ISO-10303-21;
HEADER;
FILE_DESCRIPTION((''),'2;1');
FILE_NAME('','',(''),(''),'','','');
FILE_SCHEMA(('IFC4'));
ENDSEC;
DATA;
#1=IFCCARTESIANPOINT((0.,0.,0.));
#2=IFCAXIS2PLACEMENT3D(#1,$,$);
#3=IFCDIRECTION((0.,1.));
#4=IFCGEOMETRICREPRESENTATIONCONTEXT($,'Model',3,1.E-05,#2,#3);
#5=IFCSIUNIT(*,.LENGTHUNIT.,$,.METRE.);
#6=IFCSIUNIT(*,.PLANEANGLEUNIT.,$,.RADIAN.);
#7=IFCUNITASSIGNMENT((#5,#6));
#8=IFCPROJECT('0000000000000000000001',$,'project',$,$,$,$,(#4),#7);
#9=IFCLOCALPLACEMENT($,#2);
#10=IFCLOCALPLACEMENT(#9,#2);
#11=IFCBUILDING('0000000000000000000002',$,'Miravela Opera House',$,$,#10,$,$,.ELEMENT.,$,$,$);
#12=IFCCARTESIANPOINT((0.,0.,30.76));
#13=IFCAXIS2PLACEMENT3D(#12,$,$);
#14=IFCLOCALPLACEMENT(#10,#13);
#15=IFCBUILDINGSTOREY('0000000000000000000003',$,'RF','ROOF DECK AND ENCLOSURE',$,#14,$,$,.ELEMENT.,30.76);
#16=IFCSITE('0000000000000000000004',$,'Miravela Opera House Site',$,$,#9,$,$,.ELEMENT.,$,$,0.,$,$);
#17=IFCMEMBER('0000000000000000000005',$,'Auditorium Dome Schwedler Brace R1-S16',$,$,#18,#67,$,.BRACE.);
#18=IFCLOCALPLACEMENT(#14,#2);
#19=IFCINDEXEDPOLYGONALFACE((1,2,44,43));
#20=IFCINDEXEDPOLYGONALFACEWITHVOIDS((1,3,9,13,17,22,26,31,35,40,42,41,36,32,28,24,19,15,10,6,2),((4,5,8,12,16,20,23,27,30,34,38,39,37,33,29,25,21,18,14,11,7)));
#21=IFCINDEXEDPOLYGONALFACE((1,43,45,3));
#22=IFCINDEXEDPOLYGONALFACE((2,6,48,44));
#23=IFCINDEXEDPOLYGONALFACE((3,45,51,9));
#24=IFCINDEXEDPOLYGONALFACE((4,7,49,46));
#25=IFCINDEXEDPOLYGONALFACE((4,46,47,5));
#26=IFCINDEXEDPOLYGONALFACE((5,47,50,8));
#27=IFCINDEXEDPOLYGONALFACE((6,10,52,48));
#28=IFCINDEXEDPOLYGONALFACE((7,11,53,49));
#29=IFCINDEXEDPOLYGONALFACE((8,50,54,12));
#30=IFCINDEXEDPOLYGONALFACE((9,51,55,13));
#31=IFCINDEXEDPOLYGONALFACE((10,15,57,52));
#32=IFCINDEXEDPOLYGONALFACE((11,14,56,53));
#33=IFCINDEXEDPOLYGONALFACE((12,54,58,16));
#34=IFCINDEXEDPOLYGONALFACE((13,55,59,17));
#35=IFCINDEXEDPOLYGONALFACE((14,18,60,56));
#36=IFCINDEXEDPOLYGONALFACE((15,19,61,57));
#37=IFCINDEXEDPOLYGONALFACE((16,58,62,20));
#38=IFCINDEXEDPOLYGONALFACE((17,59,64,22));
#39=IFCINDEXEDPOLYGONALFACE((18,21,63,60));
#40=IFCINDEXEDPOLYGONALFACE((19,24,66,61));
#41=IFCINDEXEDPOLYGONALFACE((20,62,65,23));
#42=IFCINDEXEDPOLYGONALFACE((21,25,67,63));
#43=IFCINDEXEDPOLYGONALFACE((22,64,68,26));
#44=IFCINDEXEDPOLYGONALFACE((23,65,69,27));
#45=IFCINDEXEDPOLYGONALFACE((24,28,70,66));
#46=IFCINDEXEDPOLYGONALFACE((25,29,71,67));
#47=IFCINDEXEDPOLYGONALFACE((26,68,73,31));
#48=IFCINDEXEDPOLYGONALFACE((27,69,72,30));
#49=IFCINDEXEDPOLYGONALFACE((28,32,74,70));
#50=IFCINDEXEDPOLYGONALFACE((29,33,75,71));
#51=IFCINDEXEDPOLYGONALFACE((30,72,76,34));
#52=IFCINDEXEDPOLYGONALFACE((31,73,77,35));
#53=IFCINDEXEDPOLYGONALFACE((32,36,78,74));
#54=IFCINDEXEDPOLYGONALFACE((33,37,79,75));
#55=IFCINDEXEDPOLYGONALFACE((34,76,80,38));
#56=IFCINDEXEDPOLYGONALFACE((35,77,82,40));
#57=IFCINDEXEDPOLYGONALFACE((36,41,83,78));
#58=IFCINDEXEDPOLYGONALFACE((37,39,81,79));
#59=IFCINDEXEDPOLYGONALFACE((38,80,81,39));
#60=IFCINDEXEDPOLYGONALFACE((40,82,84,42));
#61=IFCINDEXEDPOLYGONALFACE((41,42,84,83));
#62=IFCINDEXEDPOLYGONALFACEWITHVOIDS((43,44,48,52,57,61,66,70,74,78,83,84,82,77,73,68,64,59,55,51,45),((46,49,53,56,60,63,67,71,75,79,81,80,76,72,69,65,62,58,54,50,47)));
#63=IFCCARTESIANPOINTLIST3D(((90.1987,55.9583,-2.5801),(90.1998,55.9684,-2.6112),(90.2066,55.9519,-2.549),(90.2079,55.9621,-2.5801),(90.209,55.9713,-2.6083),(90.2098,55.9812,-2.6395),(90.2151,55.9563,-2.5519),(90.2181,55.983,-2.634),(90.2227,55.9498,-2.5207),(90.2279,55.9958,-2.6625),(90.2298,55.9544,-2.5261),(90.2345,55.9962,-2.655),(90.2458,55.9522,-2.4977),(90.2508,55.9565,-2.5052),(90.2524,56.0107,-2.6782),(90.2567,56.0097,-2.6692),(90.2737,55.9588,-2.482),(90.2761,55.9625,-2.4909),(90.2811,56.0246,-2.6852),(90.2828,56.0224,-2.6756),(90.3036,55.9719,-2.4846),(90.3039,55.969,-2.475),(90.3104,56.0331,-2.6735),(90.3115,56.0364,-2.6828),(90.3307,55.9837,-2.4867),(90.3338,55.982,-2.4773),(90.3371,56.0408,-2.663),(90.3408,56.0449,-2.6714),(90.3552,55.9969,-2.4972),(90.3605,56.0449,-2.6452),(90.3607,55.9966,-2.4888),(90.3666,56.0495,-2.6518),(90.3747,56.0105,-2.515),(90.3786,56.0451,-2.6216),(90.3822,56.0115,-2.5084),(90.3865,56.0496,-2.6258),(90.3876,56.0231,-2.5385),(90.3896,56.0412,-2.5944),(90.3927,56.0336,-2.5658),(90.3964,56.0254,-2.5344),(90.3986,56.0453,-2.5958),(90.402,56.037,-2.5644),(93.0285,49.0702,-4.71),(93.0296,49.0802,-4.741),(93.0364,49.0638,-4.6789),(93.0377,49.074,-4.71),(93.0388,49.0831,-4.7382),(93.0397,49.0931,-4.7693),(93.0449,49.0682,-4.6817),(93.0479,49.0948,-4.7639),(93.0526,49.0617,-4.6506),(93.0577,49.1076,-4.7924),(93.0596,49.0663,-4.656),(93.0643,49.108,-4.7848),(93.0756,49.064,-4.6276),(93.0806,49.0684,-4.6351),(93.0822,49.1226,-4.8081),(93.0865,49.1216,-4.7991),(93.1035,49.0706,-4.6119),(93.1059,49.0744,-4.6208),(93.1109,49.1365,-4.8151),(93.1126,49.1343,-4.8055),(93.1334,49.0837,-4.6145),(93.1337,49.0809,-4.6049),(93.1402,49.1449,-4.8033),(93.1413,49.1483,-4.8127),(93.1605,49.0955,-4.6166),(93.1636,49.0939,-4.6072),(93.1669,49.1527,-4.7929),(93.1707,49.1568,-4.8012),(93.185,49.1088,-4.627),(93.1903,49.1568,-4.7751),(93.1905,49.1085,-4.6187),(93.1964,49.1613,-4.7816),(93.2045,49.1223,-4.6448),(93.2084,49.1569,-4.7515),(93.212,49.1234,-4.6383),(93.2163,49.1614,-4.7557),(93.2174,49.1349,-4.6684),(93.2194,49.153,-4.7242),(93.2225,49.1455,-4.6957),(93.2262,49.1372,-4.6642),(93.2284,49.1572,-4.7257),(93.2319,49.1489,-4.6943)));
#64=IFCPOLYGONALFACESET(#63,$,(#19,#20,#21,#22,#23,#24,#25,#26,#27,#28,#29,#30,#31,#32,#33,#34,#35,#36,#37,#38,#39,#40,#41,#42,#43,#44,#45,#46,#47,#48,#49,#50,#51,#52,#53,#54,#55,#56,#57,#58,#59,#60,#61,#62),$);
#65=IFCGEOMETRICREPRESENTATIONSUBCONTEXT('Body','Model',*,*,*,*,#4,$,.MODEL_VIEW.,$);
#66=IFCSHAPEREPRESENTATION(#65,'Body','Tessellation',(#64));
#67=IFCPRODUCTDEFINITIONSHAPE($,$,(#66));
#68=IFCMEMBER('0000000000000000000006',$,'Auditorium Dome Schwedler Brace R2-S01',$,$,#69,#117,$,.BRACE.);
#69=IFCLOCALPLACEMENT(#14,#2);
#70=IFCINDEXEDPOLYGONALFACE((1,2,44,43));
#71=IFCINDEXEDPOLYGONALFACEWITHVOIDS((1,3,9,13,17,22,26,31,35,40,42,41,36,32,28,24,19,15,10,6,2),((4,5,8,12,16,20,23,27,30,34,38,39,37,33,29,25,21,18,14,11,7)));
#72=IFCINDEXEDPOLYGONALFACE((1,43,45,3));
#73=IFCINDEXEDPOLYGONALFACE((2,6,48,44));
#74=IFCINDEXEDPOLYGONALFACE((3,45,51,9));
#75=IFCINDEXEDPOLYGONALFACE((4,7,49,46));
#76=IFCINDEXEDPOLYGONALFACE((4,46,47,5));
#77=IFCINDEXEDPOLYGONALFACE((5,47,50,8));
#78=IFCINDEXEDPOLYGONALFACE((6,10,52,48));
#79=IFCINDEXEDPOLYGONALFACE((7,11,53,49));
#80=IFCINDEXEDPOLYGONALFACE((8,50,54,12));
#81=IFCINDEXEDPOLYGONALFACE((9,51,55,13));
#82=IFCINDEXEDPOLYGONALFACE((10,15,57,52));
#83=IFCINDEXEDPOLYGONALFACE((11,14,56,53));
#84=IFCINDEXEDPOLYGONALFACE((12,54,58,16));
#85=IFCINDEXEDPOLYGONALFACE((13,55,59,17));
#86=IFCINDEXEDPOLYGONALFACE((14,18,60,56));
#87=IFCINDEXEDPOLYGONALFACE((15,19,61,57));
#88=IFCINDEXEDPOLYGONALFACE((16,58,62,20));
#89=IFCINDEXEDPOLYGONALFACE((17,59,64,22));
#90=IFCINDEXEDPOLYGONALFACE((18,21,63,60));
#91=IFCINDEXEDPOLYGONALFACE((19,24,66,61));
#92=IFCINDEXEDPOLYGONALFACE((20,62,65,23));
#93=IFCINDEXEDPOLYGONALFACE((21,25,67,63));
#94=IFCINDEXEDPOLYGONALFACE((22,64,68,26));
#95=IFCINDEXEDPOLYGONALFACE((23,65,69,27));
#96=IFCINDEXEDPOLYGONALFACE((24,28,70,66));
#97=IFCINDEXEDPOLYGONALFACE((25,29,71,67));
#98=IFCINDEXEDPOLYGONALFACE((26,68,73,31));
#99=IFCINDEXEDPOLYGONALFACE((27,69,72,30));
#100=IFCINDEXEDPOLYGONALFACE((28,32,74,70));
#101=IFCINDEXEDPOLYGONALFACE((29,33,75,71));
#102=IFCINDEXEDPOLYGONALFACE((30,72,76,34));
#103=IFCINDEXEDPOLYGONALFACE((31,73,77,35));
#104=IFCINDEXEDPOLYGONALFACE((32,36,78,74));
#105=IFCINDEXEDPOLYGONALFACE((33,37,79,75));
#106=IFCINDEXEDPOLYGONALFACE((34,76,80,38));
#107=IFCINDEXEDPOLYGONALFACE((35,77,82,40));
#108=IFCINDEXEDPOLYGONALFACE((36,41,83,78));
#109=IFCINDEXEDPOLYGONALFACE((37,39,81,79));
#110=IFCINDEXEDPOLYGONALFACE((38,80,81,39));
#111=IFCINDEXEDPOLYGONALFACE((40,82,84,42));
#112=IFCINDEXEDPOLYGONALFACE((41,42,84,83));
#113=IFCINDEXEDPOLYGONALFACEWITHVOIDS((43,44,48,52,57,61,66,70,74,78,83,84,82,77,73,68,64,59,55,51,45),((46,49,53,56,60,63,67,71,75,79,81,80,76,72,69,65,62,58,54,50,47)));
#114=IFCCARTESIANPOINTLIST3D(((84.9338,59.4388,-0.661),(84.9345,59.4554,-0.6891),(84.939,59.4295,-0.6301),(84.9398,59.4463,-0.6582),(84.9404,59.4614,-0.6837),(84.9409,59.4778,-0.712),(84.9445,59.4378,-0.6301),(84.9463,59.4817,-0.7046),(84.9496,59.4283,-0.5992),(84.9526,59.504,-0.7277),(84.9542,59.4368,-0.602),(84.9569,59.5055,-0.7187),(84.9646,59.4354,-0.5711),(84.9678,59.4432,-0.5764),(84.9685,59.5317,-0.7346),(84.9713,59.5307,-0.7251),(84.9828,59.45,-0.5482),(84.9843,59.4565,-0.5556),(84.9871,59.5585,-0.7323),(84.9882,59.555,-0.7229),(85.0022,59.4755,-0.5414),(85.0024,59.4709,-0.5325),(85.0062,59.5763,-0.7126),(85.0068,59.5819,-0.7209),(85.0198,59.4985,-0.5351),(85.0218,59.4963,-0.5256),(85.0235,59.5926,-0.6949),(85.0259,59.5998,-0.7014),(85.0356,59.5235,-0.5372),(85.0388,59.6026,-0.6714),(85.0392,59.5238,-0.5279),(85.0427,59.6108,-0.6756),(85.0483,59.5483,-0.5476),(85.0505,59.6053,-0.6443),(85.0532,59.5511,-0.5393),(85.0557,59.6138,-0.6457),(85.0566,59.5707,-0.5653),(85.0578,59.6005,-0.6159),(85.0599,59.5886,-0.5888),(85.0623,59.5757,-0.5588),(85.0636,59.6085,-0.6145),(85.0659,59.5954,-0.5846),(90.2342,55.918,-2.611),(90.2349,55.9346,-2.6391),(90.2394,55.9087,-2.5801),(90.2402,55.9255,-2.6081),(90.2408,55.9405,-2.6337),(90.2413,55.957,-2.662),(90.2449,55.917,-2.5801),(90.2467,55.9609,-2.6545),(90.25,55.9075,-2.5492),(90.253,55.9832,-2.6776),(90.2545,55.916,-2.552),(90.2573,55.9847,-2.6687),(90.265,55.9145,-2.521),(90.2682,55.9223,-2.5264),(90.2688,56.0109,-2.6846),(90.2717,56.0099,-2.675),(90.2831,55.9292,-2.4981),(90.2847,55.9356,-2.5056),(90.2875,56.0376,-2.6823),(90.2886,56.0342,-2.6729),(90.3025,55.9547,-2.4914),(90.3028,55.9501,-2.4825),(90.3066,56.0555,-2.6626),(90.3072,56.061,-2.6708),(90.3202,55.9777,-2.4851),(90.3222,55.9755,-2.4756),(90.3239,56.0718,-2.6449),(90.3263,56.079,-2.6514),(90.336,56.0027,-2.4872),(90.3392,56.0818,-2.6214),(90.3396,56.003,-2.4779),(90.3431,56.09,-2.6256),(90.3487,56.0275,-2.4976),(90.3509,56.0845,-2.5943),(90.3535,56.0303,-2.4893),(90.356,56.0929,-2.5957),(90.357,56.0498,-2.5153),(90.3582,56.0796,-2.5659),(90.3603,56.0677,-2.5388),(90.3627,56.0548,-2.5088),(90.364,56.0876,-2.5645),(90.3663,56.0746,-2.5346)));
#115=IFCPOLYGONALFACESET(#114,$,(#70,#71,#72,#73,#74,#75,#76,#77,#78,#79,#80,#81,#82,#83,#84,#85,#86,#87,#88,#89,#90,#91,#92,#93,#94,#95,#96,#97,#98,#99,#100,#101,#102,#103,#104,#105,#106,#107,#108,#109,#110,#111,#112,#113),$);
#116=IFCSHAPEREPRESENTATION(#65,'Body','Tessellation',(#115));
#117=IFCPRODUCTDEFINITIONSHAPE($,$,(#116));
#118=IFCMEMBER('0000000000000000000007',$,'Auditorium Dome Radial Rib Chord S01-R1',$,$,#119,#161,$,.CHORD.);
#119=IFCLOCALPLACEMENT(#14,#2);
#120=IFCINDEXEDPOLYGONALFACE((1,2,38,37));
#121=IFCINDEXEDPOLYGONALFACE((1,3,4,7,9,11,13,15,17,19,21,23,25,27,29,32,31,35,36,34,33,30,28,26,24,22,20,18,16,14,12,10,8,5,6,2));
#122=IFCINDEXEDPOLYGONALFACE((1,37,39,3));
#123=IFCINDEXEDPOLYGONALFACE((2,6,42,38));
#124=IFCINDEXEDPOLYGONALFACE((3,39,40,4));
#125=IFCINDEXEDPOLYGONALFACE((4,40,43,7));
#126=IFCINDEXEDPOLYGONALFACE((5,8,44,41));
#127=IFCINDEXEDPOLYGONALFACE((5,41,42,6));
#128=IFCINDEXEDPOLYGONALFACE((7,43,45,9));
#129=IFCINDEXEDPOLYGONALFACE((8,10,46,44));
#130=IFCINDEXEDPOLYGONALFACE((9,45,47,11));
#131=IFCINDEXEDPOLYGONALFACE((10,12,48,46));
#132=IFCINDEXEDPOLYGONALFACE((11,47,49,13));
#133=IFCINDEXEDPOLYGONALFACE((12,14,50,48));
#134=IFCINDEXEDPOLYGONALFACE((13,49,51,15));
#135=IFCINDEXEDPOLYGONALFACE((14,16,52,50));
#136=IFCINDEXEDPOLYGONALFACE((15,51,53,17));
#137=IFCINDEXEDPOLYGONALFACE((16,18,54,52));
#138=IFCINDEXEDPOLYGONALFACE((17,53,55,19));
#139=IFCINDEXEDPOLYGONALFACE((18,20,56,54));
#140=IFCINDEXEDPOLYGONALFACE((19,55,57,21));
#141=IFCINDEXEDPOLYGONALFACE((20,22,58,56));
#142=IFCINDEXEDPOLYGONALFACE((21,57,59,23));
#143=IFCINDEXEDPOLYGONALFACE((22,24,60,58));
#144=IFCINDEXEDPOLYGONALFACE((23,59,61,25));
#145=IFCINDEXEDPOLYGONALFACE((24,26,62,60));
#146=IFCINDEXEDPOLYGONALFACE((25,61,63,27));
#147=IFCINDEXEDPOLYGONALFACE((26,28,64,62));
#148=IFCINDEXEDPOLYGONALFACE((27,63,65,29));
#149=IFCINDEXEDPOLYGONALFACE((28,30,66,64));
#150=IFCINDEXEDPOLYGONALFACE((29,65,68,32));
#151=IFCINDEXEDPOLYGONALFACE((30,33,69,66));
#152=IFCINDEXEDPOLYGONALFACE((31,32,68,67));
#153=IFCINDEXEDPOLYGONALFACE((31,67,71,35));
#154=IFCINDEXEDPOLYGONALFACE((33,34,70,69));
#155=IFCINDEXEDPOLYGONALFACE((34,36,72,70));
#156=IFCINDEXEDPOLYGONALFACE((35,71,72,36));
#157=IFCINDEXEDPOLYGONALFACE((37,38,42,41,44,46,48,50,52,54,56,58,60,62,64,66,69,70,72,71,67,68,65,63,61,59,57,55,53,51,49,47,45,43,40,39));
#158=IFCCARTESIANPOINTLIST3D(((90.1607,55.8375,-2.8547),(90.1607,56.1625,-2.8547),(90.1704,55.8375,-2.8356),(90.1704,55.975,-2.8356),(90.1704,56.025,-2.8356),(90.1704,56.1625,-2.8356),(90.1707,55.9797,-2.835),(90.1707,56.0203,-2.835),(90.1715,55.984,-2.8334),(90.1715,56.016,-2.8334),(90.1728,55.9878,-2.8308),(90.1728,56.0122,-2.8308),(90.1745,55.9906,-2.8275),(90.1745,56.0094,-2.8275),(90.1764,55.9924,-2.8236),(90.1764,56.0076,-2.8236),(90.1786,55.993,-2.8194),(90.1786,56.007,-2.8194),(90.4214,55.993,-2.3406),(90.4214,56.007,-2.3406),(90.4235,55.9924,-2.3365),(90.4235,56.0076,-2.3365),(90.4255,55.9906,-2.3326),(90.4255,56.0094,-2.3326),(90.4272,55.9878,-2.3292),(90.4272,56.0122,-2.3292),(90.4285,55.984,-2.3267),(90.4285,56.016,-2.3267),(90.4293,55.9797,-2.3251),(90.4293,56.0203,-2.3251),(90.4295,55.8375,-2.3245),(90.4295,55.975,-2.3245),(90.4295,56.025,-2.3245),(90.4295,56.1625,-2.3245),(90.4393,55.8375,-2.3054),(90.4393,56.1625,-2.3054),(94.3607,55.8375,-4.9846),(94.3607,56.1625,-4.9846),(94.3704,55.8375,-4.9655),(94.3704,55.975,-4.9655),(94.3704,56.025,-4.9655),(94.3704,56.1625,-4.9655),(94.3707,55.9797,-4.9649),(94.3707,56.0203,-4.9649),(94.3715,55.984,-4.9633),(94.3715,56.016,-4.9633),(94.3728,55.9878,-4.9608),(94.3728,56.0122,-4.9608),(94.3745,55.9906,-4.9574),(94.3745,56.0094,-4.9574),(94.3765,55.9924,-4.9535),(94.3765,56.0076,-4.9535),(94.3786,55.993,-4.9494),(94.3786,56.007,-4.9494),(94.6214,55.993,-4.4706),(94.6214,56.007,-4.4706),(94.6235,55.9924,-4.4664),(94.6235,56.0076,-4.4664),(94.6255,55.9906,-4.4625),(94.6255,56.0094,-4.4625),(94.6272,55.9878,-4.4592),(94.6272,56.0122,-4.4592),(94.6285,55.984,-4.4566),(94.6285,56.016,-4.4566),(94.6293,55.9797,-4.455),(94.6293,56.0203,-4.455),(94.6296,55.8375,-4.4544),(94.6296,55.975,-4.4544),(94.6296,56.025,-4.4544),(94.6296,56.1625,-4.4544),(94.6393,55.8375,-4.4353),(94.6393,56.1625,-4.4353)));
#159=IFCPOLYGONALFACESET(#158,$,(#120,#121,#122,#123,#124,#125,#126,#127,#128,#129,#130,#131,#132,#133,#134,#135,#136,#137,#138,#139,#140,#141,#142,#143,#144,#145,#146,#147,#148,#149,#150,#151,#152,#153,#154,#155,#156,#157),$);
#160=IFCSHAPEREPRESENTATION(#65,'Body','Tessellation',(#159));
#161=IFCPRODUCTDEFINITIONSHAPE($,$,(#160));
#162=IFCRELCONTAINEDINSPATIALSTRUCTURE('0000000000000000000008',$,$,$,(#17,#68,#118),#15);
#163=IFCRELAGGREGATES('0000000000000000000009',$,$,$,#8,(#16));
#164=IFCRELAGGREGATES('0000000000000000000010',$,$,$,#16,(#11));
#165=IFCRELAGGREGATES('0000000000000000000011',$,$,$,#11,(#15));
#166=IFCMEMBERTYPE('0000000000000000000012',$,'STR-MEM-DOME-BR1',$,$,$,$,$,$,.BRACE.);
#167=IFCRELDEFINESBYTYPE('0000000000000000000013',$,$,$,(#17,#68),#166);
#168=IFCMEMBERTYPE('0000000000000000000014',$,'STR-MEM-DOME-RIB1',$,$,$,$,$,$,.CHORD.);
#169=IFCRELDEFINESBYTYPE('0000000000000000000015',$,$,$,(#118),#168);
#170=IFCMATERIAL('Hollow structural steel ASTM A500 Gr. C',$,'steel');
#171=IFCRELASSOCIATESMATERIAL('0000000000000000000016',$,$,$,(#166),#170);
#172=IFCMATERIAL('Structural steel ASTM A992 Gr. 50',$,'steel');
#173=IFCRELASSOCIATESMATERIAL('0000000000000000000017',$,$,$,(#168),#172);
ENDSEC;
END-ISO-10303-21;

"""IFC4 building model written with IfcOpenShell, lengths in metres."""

from ifc_helpers import new_model, si_unit, direction, frame, origin, origin_2d, place, context, subcontext, project, spatial, hollow_circle, i_section, extrude, material, material_profile, profile_set, type_object, element, save


model = new_model("IFC4")

# Units and contexts
model_context = context("Model", 3, precision=1e-05, world=origin(), true_north=direction((0.0, 1.0)))
body_context = subcontext(model_context, "Body", "Model", "MODEL_VIEW")
ifc_project = project(units=[si_unit("LENGTHUNIT", "METRE"), si_unit("PLANEANGLEUNIT", "RADIAN")], contexts=[model_context])

# Site, building, storey
site_placement = place(None, origin())
site = spatial("IfcSite", under=ifc_project, at=site_placement, Name="Miravela Opera House Site", CompositionType="ELEMENT", RefElevation=0.0)
building_placement = place(site_placement, origin())
building = spatial("IfcBuilding", under=site, at=building_placement, Name="Miravela Opera House", CompositionType="ELEMENT")
storey_placement = place(building_placement, frame((0.0, 0.0, 30.76)))
storey = spatial("IfcBuildingStorey", under=building, at=storey_placement, Name="RF", Description="ROOF DECK AND ENCLOSURE", CompositionType="ELEMENT", Elevation=30.76)

# Shared definitions
ifc_material_1 = material(Name="Structural steel ASTM A992 Gr. 50", Category="steel")

# Members
ifc_material_2 = material(Name="Hollow structural steel ASTM A500 Gr. C", Category="steel")
ifc_material_profile_1 = material_profile(ifc_material_2, hollow_circle(Radius=0.1096, WallThickness=0.01, at=origin_2d()), Name="CHS219X10")
ifc_profile_set_1 = profile_set([ifc_material_profile_1])
member_type_1 = type_object("IfcMemberType", Name="STR-MEM-DOME-BR1", PredefinedType="BRACE", material=ifc_profile_set_1)
member_1_placement = place(storey_placement, frame((93.1299, 49.1118, -4.71), z_axis=(-0.365356, 0.889324, 0.274986), x_axis=(-0.924984, -0.380006, 0.0)))
element("IfcMember", 1, at=member_1_placement, inside=storey, type_object=member_type_1, Name="Auditorium Dome Schwedler Brace R1-S16", PredefinedType="BRACE", context=body_context, shape_type="SweptSolid", body=[
    extrude(hollow_circle(Radius=0.1096, WallThickness=0.01, at=origin_2d()), origin(), (0.0, 0.0, 1.0), 7.7454),
])
member_2_placement = place(storey_placement, frame((90.3, 56.0, -2.5801), z_axis=(-0.796419, 0.529026, 0.292999), x_axis=(-0.553309, -0.832976, 0.0)))
element("IfcMember", 2, at=member_2_placement, inside=storey, type_object=member_type_1, Name="Auditorium Dome Schwedler Brace R2-S01", PredefinedType="BRACE", context=body_context, shape_type="SweptSolid", body=[
    extrude(hollow_circle(Radius=0.1096, WallThickness=0.01, at=origin_2d()), origin(), (0.0, 0.0, 1.0), 6.6553),
])
ifc_material_profile_2 = material_profile(ifc_material_1, i_section(OverallWidth=0.325, OverallDepth=0.616, WebThickness=0.0139, FlangeThickness=0.0215, FilletRadius=0.0181, at=origin_2d()), Name="W610X174")
ifc_profile_set_2 = profile_set([ifc_material_profile_2])
member_type_2 = type_object("IfcMemberType", Name="STR-MEM-DOME-RIB1", PredefinedType="CHORD", material=ifc_profile_set_2)
for number, where, z_axis, x_axis, name in (
    (3, (94.5, 56.0, -4.71), (-0.891872, 0.0, 0.452287), (0.0, -1.0, 0.0), "Auditorium Dome Radial Rib Chord S01-R1"),
):
    element("IfcMember", number, at=place(storey_placement, frame(where, z_axis=z_axis, x_axis=x_axis)), inside=storey, type_object=member_type_2, Name=name, PredefinedType="CHORD", context=body_context, shape_type="SweptSolid", body=[
        extrude(i_section(OverallWidth=0.325, OverallDepth=0.616, WebThickness=0.0139, FlangeThickness=0.0215, FilletRadius=0.0181, at=origin_2d()), origin(), (0.0, 0.0, 1.0), 4.7092),
    ])

save(model, "model.ifc")
